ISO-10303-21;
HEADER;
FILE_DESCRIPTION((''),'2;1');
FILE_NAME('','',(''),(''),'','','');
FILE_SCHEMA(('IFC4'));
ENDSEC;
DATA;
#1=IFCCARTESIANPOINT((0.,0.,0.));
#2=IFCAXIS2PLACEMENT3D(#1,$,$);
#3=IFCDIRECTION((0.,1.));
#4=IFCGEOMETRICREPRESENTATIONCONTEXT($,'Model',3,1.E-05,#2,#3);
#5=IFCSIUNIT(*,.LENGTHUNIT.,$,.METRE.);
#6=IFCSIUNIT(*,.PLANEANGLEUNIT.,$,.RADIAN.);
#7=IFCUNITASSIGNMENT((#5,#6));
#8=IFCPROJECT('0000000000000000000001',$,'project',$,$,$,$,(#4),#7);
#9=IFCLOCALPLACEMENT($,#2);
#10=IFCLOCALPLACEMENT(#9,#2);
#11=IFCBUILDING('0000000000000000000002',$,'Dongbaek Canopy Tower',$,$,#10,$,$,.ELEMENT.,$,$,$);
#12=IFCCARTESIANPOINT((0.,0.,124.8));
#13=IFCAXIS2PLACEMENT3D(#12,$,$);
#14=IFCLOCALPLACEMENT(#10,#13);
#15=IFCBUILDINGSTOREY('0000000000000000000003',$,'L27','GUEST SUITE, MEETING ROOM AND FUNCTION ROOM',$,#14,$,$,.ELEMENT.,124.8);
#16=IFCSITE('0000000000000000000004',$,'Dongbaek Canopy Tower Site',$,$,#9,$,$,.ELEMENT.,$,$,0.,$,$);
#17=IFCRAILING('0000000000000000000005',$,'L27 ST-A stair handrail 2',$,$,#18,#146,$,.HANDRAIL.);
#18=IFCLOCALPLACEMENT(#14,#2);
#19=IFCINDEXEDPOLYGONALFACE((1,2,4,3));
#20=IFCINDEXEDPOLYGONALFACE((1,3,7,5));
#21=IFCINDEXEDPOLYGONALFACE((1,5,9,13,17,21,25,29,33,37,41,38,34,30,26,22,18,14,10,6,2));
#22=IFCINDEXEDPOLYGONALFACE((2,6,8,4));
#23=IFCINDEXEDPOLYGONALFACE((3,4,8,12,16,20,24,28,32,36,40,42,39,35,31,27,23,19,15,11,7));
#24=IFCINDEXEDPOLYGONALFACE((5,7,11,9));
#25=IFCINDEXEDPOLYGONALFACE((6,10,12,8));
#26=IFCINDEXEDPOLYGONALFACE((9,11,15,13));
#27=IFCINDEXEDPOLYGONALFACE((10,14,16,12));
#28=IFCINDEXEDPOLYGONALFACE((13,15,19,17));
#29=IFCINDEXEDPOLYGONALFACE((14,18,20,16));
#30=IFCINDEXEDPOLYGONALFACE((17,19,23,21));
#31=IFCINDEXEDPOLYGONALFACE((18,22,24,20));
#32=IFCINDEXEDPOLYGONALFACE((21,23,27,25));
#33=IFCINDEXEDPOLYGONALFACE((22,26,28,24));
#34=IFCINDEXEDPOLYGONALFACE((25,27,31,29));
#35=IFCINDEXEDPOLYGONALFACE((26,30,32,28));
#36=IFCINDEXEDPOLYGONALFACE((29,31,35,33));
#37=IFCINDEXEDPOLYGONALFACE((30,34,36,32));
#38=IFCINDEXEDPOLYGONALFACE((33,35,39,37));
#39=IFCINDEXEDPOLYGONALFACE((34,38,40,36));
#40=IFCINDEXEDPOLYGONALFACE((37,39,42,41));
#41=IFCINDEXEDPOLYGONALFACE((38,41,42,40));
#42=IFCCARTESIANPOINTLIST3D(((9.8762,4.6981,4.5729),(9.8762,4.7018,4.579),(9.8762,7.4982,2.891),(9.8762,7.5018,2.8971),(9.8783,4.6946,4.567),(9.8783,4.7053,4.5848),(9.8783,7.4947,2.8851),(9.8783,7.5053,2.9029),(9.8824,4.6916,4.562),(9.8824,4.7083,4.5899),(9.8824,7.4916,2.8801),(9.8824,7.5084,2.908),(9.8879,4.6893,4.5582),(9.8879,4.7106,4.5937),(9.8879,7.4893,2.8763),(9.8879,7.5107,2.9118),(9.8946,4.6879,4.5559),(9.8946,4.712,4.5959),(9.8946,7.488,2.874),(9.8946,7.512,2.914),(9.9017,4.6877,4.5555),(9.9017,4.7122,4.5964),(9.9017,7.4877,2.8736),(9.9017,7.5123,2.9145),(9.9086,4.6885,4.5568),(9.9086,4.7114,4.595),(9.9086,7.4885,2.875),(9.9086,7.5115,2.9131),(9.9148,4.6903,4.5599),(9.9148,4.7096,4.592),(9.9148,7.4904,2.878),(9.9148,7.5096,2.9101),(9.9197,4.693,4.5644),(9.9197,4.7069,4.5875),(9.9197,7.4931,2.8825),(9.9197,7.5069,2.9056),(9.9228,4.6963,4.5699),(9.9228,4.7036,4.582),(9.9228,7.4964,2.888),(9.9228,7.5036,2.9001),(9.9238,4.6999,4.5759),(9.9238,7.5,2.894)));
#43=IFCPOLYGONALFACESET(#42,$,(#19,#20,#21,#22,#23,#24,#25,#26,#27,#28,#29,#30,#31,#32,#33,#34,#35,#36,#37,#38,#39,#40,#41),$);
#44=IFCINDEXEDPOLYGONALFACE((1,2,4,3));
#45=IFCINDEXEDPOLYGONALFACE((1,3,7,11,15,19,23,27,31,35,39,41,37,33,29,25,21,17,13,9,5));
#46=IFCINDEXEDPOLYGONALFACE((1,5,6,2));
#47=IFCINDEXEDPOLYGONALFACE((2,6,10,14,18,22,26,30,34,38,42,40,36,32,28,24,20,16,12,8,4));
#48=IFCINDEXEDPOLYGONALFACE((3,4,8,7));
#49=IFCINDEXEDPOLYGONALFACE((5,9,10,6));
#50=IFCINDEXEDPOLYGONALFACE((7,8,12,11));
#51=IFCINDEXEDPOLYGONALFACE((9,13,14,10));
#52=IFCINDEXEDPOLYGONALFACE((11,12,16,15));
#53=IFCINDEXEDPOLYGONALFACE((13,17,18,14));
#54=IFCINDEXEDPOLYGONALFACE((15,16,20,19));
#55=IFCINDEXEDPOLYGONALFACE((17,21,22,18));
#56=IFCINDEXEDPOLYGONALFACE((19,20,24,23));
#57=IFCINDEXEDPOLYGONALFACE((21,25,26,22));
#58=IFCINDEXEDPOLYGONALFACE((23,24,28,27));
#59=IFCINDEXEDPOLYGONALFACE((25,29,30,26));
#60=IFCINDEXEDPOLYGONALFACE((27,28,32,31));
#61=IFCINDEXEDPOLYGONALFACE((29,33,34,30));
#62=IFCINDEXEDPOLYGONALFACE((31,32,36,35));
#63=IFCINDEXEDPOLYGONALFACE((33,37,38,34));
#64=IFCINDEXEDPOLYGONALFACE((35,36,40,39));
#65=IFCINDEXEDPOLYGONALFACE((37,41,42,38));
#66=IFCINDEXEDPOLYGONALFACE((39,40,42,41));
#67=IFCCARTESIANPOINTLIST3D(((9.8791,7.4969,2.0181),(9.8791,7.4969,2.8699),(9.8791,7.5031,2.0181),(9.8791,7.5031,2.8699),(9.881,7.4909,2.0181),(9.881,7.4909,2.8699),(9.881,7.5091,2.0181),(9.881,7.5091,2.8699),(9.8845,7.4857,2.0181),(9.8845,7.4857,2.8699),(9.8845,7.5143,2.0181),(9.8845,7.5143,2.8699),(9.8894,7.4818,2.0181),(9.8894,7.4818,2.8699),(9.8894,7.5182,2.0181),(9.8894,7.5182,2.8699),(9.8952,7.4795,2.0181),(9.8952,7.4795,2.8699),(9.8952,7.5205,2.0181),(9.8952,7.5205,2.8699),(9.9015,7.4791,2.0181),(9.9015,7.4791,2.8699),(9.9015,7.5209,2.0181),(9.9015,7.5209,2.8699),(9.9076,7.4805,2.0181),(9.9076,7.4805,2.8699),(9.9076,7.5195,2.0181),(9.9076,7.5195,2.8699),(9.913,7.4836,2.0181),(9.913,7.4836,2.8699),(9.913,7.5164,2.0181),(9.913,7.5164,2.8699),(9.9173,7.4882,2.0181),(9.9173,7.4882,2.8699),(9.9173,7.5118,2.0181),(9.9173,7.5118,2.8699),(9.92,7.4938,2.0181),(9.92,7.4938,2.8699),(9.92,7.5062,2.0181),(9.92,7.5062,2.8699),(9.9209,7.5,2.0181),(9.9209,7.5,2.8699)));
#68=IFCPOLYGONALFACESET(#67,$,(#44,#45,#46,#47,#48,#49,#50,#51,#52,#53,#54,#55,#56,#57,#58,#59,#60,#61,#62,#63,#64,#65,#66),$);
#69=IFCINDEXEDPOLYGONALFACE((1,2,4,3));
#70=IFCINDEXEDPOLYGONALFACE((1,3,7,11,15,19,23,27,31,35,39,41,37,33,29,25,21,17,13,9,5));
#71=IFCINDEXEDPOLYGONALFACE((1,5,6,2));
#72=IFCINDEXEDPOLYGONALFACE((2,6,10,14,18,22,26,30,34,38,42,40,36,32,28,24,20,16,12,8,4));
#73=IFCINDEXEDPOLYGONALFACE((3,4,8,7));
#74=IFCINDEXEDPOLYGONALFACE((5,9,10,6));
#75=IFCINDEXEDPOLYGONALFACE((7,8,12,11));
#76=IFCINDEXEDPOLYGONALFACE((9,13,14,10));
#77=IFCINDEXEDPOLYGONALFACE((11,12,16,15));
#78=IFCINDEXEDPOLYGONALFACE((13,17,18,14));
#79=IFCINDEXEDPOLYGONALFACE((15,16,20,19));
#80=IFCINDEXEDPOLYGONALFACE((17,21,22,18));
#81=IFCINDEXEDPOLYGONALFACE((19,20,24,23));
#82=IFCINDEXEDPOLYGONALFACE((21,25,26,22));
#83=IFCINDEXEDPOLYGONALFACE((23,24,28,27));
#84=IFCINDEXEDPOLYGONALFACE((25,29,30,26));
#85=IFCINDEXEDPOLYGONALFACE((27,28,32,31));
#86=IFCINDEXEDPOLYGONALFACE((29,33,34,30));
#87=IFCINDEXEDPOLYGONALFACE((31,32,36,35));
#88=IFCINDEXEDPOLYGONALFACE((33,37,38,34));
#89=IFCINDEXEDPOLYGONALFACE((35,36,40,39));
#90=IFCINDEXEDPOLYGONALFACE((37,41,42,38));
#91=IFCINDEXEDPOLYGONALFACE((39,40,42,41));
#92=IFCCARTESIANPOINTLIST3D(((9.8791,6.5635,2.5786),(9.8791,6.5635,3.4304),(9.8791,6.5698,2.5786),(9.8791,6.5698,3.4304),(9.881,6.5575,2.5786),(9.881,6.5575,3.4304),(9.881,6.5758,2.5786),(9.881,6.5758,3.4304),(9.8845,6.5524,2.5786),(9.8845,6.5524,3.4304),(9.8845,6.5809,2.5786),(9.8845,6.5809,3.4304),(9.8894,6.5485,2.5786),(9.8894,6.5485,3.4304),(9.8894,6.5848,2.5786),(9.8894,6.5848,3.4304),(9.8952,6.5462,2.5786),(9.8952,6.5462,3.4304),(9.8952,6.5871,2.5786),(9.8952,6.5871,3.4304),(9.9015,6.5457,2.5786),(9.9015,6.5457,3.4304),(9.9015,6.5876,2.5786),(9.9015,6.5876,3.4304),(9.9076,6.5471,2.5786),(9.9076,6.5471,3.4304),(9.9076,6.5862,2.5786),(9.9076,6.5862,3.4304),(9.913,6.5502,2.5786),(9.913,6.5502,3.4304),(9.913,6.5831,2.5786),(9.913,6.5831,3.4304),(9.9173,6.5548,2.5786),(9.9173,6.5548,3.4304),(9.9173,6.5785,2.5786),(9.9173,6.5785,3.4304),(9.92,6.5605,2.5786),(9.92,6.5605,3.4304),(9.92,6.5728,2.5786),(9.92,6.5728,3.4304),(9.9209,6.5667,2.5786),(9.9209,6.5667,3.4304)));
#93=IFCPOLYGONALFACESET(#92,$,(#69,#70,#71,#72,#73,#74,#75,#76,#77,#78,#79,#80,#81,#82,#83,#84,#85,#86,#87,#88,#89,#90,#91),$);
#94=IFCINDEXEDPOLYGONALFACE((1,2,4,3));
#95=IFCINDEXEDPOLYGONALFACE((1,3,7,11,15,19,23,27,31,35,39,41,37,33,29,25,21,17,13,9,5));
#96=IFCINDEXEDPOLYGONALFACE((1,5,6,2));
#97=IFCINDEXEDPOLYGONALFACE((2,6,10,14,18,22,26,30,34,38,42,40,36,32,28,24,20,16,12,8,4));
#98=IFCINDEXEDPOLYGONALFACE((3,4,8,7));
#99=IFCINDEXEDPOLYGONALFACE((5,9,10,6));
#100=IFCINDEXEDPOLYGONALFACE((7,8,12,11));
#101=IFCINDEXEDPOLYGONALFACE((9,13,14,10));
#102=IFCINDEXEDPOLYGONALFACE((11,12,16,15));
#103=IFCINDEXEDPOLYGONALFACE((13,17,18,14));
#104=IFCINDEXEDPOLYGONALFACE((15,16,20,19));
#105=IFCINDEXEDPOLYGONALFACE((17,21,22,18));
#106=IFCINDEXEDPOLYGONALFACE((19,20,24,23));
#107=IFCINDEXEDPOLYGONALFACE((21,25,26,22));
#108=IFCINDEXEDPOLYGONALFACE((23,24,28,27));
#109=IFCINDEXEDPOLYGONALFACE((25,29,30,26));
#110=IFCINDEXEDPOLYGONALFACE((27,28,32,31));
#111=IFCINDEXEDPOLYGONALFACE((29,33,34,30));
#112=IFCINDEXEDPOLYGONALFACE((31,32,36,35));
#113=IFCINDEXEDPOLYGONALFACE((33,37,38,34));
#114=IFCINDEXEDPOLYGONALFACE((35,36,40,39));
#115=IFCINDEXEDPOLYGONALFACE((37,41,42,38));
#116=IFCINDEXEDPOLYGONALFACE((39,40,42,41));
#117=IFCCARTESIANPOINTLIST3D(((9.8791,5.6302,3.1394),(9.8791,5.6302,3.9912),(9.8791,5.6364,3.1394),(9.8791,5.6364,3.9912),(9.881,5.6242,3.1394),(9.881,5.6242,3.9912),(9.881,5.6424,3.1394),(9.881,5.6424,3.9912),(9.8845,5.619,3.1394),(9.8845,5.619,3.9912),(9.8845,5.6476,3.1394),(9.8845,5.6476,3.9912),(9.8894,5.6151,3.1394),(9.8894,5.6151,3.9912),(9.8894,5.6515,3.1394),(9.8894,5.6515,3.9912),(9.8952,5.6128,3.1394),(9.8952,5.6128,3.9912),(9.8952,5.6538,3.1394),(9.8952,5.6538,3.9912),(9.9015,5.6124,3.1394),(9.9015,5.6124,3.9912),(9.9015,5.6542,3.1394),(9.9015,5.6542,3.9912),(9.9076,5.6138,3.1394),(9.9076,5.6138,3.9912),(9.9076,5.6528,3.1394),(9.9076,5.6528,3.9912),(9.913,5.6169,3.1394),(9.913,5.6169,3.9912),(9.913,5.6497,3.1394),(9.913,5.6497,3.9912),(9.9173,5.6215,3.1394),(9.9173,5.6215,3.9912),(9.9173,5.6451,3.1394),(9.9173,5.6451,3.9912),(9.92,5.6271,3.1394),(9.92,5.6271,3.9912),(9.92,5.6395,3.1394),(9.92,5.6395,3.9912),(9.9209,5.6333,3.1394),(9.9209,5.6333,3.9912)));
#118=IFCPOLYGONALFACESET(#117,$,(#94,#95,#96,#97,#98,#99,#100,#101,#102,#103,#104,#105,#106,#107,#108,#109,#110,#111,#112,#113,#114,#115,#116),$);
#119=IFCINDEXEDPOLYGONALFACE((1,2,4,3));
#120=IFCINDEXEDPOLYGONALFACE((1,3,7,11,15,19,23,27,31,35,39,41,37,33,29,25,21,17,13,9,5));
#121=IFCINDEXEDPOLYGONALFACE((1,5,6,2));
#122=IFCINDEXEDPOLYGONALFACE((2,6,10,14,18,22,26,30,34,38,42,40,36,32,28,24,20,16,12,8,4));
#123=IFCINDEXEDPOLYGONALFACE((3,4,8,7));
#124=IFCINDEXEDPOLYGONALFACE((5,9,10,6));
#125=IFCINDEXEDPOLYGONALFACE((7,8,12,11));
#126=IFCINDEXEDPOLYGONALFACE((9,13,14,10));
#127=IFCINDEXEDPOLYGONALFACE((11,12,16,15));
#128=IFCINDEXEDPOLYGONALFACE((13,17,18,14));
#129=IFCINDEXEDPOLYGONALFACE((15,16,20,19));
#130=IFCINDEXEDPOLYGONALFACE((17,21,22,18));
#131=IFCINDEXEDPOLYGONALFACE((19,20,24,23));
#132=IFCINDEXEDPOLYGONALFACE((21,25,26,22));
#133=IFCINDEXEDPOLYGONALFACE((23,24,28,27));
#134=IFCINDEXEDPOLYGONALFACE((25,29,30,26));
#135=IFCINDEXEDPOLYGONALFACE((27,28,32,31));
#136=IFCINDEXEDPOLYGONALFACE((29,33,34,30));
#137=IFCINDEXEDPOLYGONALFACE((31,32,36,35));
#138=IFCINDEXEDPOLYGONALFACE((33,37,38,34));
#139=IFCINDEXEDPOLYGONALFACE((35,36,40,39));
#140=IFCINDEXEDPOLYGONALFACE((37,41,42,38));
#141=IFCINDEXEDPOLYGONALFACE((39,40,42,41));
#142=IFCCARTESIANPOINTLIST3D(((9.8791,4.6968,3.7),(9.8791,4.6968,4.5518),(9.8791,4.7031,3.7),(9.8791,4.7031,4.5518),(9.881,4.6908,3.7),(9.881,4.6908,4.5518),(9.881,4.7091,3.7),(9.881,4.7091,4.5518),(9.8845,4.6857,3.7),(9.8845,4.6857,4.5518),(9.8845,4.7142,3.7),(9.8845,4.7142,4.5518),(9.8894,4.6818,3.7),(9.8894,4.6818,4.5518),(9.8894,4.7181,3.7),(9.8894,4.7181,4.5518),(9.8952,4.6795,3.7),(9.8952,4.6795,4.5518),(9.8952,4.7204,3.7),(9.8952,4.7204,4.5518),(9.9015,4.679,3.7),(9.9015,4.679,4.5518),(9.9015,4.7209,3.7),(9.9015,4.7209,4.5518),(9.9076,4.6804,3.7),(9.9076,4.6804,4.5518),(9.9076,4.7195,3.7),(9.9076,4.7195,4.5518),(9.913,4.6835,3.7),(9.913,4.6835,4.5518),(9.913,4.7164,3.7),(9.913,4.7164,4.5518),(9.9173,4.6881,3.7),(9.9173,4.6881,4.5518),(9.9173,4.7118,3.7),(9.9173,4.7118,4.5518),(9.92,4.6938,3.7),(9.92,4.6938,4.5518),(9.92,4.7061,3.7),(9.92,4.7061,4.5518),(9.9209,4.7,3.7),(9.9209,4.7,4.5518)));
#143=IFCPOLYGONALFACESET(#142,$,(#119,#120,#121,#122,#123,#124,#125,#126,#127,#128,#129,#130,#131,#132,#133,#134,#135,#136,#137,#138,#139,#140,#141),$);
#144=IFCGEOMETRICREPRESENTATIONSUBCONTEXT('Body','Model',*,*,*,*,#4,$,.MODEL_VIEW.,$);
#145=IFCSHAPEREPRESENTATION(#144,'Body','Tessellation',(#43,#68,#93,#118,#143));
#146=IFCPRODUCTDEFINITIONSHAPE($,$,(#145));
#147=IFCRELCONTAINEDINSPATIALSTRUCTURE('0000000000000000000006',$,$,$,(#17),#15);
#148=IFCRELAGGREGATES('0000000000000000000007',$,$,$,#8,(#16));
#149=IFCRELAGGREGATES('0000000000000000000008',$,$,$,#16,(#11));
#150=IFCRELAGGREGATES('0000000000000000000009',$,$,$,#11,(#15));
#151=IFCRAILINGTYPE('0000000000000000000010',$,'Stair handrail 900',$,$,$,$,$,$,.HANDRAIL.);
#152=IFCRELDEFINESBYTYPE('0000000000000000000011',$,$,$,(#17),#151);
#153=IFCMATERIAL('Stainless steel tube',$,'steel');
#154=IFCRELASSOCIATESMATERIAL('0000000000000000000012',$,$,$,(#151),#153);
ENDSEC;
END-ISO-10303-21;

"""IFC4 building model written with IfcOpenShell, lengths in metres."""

from ifc_helpers import new_model, si_unit, direction, frame, origin, origin_2d, place, context, subcontext, project, spatial, circle, extrude, material, type_object, element, save


model = new_model("IFC4")

# Units and contexts
model_context = context("Model", 3, precision=1e-05, world=origin(), true_north=direction((0.0, 1.0)))
body_context = subcontext(model_context, "Body", "Model", "MODEL_VIEW")
ifc_project = project(units=[si_unit("LENGTHUNIT", "METRE"), si_unit("PLANEANGLEUNIT", "RADIAN")], contexts=[model_context])

# Site, building, storey
site_placement = place(None, origin())
site = spatial("IfcSite", under=ifc_project, at=site_placement, Name="Dongbaek Canopy Tower Site", CompositionType="ELEMENT", RefElevation=0.0)
building_placement = place(site_placement, origin())
building = spatial("IfcBuilding", under=site, at=building_placement, Name="Dongbaek Canopy Tower", CompositionType="ELEMENT")
storey_placement = place(building_placement, frame((0.0, 0.0, 124.8)))
storey = spatial("IfcBuildingStorey", under=building, at=storey_placement, Name="L27", Description="GUEST SUITE, MEETING ROOM AND FUNCTION ROOM", CompositionType="ELEMENT", Elevation=124.8)

# Railing
ifc_material_1 = material(Name="Stainless steel tube", Category="steel")
railing_type_1 = type_object("IfcRailingType", Name="Stair handrail 900", PredefinedType="HANDRAIL", material=ifc_material_1)
railing_1_placement = place(storey_placement, frame((9.8999, 7.5, 2.0181)))
element("IfcRailing", 1, at=railing_1_placement, inside=storey, type_object=railing_type_1, Name="L27 ST-A stair handrail 2", PredefinedType="HANDRAIL", context=body_context, shape_type="SweptSolid", body=[
    extrude(circle(Radius=0.0239, at=origin_2d()), frame((0.0, 0.0, 0.876), z_axis=(0.0, -0.857242, 0.514913), x_axis=(1.0, 0.0, 0.0)), (0.0, 0.0, 1.0), 3.2664),
    extrude(circle(Radius=0.021, at=origin_2d()), origin(), (0.0, 0.0, 1.0), 0.8518),
    extrude(circle(Radius=0.021, at=origin_2d()), frame((0.0, -0.9333, 0.5605)), (0.0, 0.0, 1.0), 0.8518),
    extrude(circle(Radius=0.021, at=origin_2d()), frame((0.0, -1.8667, 1.1213)), (0.0, 0.0, 1.0), 0.8518),
    extrude(circle(Radius=0.021, at=origin_2d()), frame((0.0, -2.8, 1.6819)), (0.0, 0.0, 1.0), 0.8518),
])

save(model, "model.ifc")
